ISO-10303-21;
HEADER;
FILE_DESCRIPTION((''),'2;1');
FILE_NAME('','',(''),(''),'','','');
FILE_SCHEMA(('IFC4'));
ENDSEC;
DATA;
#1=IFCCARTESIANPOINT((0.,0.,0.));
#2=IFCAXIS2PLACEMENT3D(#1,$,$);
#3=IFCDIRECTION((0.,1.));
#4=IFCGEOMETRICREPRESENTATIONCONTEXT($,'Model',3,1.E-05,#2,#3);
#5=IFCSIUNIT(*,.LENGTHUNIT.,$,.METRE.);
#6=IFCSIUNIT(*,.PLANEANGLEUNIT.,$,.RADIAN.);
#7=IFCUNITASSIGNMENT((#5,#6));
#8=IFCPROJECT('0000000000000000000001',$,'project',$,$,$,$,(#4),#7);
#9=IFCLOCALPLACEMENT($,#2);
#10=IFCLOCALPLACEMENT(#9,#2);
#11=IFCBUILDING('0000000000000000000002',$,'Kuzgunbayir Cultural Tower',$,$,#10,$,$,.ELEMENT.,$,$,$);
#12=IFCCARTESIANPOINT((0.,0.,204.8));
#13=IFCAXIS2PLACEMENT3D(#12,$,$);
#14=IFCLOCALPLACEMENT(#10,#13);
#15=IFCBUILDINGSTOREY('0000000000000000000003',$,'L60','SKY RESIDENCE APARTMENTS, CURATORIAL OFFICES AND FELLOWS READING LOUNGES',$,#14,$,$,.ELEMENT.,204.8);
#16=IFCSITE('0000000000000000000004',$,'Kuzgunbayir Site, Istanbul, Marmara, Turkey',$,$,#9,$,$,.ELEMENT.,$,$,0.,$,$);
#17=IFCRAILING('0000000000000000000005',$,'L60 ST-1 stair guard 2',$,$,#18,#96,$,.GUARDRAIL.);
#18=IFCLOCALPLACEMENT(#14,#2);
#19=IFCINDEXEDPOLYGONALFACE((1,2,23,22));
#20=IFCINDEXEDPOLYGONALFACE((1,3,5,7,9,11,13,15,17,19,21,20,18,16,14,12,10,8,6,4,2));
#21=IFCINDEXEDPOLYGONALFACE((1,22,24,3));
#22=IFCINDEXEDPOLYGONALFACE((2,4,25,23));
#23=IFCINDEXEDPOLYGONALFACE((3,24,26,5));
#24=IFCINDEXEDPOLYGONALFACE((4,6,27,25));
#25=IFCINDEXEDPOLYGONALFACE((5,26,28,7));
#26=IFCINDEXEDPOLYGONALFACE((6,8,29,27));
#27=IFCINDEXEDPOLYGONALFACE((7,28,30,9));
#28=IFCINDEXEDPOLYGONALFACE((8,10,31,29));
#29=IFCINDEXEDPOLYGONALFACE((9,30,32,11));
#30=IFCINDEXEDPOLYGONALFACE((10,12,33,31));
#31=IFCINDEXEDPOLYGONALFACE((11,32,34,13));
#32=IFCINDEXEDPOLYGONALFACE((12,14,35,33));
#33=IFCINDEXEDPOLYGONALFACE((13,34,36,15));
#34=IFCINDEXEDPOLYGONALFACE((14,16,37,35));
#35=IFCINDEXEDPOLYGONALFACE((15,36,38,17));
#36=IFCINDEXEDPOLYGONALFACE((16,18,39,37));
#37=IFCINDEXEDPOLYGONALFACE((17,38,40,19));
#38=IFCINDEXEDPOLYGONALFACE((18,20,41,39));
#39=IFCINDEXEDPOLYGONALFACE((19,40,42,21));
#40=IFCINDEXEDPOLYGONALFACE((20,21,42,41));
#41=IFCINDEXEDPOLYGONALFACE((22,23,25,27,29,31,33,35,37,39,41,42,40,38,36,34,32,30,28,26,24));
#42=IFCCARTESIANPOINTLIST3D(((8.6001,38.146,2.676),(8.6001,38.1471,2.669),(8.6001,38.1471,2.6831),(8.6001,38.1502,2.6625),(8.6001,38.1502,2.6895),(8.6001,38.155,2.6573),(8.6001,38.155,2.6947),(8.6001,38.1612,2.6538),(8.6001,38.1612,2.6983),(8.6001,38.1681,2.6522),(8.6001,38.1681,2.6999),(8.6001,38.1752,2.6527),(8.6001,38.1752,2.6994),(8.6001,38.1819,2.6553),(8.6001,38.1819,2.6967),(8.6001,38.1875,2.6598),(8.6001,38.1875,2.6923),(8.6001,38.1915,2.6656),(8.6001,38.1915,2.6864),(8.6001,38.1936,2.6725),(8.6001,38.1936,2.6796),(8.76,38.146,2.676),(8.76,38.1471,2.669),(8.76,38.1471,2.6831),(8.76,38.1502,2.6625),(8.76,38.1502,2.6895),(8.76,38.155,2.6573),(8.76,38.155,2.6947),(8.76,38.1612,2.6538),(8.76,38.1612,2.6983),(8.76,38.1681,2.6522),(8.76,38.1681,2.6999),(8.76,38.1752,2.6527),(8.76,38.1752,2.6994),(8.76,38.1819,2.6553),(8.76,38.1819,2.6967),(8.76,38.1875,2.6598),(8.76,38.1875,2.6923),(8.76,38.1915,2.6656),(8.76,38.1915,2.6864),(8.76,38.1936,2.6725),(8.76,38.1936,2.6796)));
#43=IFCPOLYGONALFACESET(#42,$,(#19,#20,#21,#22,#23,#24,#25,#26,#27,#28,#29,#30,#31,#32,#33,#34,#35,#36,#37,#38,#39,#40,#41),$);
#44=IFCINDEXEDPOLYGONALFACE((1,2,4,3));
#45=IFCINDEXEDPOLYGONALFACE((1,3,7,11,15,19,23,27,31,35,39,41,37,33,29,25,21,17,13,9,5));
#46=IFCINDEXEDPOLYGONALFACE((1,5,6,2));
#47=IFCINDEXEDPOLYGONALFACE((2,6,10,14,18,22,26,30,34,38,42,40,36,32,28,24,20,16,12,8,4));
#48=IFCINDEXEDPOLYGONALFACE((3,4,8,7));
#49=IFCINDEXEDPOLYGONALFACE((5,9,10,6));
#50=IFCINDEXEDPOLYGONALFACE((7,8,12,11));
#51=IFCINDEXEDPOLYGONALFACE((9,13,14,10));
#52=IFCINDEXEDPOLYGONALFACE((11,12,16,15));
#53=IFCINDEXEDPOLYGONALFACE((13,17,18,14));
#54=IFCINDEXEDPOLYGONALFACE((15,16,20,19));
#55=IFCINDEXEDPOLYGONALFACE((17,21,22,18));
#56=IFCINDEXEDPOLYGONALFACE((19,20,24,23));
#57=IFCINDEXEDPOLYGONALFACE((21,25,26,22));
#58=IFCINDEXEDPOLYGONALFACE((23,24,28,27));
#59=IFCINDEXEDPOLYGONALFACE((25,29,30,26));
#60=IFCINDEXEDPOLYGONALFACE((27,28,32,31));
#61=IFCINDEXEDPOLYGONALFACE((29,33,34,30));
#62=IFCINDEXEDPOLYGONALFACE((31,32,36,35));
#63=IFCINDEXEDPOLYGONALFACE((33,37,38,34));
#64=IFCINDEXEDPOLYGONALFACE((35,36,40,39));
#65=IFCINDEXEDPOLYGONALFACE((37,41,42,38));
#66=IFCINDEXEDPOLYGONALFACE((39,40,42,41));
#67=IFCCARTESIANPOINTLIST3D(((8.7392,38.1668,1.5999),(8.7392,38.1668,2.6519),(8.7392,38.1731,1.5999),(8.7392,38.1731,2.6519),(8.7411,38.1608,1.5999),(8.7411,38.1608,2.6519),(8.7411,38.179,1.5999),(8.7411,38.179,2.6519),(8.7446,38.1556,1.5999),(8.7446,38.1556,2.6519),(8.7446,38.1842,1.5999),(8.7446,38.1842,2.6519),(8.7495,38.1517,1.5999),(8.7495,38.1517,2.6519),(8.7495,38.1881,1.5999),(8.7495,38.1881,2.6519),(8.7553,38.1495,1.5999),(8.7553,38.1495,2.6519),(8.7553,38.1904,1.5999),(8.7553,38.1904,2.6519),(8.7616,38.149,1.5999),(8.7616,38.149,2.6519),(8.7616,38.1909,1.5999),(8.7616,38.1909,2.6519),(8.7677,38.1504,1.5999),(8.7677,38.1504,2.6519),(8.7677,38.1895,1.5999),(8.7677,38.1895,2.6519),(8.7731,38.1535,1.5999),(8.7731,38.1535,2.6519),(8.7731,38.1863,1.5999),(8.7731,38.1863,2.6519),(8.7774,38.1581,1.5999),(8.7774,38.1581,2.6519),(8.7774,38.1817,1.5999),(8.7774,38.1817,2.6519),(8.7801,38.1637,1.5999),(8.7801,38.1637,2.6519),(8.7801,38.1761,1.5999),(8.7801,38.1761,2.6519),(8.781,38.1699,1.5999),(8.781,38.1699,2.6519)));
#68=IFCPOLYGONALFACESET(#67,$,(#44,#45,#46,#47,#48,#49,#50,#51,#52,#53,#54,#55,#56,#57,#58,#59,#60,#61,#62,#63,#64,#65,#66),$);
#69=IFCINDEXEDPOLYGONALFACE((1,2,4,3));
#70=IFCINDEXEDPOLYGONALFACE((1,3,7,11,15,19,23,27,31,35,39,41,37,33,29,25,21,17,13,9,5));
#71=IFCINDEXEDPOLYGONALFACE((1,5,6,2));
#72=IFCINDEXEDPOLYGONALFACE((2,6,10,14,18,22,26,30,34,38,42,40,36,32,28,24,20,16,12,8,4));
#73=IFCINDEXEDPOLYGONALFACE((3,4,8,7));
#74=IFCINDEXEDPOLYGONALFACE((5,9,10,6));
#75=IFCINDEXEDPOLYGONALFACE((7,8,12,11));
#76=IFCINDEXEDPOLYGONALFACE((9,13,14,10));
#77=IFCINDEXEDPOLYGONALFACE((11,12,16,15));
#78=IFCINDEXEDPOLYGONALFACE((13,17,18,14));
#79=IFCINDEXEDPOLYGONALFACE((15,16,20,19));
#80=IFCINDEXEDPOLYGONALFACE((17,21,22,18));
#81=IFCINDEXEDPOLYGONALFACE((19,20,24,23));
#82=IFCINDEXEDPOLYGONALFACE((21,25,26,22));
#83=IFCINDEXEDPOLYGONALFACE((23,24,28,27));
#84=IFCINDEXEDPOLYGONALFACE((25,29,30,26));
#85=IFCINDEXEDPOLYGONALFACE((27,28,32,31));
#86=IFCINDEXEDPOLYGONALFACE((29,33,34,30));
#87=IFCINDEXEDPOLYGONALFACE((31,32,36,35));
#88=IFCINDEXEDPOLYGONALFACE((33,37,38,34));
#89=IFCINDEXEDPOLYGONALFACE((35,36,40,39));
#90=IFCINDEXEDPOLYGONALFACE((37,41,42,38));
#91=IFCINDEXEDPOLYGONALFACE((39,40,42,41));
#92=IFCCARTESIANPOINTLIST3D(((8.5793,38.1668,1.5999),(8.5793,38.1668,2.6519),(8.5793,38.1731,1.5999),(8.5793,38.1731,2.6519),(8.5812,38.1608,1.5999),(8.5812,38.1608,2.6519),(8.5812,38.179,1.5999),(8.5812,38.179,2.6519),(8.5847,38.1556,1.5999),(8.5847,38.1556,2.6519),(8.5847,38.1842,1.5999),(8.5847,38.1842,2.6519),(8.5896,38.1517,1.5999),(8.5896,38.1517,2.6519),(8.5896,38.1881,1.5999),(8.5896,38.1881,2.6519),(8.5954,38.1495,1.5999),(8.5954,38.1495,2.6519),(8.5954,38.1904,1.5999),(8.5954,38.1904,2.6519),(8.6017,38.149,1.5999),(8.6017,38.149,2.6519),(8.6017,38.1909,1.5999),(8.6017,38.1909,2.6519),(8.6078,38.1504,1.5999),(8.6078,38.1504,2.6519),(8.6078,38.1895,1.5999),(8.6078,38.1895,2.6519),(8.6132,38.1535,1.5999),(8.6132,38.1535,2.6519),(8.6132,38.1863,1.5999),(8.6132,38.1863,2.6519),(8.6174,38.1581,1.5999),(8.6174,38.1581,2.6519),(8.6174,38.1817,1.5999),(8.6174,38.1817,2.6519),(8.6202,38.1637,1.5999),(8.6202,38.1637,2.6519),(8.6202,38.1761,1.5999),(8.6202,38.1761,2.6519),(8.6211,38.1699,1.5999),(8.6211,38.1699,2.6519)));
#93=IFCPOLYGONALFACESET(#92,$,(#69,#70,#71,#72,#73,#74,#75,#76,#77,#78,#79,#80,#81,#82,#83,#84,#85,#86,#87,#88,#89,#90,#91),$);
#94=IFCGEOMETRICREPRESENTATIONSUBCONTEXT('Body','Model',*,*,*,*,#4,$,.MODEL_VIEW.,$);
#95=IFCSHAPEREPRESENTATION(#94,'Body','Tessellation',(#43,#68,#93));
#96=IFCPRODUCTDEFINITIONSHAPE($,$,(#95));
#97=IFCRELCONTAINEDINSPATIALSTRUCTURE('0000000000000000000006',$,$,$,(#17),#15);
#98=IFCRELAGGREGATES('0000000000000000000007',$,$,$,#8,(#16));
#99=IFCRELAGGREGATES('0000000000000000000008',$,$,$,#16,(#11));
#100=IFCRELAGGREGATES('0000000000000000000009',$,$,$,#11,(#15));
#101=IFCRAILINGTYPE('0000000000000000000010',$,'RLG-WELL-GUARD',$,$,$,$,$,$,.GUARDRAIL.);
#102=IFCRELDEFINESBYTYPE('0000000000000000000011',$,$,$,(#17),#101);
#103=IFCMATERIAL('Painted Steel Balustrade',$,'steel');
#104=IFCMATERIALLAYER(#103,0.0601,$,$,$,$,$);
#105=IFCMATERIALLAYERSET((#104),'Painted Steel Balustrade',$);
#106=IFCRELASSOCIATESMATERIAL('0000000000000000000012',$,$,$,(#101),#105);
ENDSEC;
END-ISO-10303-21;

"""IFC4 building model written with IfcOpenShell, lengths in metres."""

from ifc_helpers import new_model, si_unit, direction, frame, origin, origin_2d, place, context, subcontext, project, spatial, circle, extrude, material, layer, layer_set, type_object, element, save


model = new_model("IFC4")

# Units and contexts
model_context = context("Model", 3, precision=1e-05, world=origin(), true_north=direction((0.0, 1.0)))
body_context = subcontext(model_context, "Body", "Model", "MODEL_VIEW")
ifc_project = project(units=[si_unit("LENGTHUNIT", "METRE"), si_unit("PLANEANGLEUNIT", "RADIAN")], contexts=[model_context])

# Site, building, storey
site_placement = place(None, origin())
site = spatial("IfcSite", under=ifc_project, at=site_placement, Name="Kuzgunbayir Site, Istanbul, Marmara, Turkey", CompositionType="ELEMENT", RefElevation=0.0)
building_placement = place(site_placement, origin())
building = spatial("IfcBuilding", under=site, at=building_placement, Name="Kuzgunbayir Cultural Tower", CompositionType="ELEMENT")
storey_placement = place(building_placement, frame((0.0, 0.0, 204.8)))
storey = spatial("IfcBuildingStorey", under=building, at=storey_placement, Name="L60", Description="SKY RESIDENCE APARTMENTS, CURATORIAL OFFICES AND FELLOWS READING LOUNGES", CompositionType="ELEMENT", Elevation=204.8)

# Railing
ifc_material_1 = material(Name="Painted Steel Balustrade", Category="steel")
ifc_layer_1 = layer(ifc_material_1, 0.0601)
ifc_layer_set_1 = layer_set([ifc_layer_1], Name="Painted Steel Balustrade")
railing_type_1 = type_object("IfcRailingType", Name="RLG-WELL-GUARD", PredefinedType="GUARDRAIL", material=ifc_layer_set_1)
railing_1_placement = place(storey_placement, frame((8.76, 38.1699, 1.5999)))
element("IfcRailing", 1, at=railing_1_placement, inside=storey, type_object=railing_type_1, Name="L60 ST-1 stair guard 2", PredefinedType="GUARDRAIL", context=body_context, shape_type="SweptSolid", body=[
    extrude(circle(Radius=0.0239, at=origin_2d()), frame((0.0, 0.0, 1.0762), z_axis=(-1.0, 0.0, 0.0), x_axis=(0.0, -1.0, 0.0)), (0.0, 0.0, 1.0), 0.1599),
    extrude(circle(Radius=0.021, at=origin_2d()), origin(), (0.0, 0.0, 1.0), 1.052),
    extrude(circle(Radius=0.021, at=origin_2d()), frame((-0.1599, 0.0, 0.0)), (0.0, 0.0, 1.0), 1.052),
])

save(model, "model.ifc")
